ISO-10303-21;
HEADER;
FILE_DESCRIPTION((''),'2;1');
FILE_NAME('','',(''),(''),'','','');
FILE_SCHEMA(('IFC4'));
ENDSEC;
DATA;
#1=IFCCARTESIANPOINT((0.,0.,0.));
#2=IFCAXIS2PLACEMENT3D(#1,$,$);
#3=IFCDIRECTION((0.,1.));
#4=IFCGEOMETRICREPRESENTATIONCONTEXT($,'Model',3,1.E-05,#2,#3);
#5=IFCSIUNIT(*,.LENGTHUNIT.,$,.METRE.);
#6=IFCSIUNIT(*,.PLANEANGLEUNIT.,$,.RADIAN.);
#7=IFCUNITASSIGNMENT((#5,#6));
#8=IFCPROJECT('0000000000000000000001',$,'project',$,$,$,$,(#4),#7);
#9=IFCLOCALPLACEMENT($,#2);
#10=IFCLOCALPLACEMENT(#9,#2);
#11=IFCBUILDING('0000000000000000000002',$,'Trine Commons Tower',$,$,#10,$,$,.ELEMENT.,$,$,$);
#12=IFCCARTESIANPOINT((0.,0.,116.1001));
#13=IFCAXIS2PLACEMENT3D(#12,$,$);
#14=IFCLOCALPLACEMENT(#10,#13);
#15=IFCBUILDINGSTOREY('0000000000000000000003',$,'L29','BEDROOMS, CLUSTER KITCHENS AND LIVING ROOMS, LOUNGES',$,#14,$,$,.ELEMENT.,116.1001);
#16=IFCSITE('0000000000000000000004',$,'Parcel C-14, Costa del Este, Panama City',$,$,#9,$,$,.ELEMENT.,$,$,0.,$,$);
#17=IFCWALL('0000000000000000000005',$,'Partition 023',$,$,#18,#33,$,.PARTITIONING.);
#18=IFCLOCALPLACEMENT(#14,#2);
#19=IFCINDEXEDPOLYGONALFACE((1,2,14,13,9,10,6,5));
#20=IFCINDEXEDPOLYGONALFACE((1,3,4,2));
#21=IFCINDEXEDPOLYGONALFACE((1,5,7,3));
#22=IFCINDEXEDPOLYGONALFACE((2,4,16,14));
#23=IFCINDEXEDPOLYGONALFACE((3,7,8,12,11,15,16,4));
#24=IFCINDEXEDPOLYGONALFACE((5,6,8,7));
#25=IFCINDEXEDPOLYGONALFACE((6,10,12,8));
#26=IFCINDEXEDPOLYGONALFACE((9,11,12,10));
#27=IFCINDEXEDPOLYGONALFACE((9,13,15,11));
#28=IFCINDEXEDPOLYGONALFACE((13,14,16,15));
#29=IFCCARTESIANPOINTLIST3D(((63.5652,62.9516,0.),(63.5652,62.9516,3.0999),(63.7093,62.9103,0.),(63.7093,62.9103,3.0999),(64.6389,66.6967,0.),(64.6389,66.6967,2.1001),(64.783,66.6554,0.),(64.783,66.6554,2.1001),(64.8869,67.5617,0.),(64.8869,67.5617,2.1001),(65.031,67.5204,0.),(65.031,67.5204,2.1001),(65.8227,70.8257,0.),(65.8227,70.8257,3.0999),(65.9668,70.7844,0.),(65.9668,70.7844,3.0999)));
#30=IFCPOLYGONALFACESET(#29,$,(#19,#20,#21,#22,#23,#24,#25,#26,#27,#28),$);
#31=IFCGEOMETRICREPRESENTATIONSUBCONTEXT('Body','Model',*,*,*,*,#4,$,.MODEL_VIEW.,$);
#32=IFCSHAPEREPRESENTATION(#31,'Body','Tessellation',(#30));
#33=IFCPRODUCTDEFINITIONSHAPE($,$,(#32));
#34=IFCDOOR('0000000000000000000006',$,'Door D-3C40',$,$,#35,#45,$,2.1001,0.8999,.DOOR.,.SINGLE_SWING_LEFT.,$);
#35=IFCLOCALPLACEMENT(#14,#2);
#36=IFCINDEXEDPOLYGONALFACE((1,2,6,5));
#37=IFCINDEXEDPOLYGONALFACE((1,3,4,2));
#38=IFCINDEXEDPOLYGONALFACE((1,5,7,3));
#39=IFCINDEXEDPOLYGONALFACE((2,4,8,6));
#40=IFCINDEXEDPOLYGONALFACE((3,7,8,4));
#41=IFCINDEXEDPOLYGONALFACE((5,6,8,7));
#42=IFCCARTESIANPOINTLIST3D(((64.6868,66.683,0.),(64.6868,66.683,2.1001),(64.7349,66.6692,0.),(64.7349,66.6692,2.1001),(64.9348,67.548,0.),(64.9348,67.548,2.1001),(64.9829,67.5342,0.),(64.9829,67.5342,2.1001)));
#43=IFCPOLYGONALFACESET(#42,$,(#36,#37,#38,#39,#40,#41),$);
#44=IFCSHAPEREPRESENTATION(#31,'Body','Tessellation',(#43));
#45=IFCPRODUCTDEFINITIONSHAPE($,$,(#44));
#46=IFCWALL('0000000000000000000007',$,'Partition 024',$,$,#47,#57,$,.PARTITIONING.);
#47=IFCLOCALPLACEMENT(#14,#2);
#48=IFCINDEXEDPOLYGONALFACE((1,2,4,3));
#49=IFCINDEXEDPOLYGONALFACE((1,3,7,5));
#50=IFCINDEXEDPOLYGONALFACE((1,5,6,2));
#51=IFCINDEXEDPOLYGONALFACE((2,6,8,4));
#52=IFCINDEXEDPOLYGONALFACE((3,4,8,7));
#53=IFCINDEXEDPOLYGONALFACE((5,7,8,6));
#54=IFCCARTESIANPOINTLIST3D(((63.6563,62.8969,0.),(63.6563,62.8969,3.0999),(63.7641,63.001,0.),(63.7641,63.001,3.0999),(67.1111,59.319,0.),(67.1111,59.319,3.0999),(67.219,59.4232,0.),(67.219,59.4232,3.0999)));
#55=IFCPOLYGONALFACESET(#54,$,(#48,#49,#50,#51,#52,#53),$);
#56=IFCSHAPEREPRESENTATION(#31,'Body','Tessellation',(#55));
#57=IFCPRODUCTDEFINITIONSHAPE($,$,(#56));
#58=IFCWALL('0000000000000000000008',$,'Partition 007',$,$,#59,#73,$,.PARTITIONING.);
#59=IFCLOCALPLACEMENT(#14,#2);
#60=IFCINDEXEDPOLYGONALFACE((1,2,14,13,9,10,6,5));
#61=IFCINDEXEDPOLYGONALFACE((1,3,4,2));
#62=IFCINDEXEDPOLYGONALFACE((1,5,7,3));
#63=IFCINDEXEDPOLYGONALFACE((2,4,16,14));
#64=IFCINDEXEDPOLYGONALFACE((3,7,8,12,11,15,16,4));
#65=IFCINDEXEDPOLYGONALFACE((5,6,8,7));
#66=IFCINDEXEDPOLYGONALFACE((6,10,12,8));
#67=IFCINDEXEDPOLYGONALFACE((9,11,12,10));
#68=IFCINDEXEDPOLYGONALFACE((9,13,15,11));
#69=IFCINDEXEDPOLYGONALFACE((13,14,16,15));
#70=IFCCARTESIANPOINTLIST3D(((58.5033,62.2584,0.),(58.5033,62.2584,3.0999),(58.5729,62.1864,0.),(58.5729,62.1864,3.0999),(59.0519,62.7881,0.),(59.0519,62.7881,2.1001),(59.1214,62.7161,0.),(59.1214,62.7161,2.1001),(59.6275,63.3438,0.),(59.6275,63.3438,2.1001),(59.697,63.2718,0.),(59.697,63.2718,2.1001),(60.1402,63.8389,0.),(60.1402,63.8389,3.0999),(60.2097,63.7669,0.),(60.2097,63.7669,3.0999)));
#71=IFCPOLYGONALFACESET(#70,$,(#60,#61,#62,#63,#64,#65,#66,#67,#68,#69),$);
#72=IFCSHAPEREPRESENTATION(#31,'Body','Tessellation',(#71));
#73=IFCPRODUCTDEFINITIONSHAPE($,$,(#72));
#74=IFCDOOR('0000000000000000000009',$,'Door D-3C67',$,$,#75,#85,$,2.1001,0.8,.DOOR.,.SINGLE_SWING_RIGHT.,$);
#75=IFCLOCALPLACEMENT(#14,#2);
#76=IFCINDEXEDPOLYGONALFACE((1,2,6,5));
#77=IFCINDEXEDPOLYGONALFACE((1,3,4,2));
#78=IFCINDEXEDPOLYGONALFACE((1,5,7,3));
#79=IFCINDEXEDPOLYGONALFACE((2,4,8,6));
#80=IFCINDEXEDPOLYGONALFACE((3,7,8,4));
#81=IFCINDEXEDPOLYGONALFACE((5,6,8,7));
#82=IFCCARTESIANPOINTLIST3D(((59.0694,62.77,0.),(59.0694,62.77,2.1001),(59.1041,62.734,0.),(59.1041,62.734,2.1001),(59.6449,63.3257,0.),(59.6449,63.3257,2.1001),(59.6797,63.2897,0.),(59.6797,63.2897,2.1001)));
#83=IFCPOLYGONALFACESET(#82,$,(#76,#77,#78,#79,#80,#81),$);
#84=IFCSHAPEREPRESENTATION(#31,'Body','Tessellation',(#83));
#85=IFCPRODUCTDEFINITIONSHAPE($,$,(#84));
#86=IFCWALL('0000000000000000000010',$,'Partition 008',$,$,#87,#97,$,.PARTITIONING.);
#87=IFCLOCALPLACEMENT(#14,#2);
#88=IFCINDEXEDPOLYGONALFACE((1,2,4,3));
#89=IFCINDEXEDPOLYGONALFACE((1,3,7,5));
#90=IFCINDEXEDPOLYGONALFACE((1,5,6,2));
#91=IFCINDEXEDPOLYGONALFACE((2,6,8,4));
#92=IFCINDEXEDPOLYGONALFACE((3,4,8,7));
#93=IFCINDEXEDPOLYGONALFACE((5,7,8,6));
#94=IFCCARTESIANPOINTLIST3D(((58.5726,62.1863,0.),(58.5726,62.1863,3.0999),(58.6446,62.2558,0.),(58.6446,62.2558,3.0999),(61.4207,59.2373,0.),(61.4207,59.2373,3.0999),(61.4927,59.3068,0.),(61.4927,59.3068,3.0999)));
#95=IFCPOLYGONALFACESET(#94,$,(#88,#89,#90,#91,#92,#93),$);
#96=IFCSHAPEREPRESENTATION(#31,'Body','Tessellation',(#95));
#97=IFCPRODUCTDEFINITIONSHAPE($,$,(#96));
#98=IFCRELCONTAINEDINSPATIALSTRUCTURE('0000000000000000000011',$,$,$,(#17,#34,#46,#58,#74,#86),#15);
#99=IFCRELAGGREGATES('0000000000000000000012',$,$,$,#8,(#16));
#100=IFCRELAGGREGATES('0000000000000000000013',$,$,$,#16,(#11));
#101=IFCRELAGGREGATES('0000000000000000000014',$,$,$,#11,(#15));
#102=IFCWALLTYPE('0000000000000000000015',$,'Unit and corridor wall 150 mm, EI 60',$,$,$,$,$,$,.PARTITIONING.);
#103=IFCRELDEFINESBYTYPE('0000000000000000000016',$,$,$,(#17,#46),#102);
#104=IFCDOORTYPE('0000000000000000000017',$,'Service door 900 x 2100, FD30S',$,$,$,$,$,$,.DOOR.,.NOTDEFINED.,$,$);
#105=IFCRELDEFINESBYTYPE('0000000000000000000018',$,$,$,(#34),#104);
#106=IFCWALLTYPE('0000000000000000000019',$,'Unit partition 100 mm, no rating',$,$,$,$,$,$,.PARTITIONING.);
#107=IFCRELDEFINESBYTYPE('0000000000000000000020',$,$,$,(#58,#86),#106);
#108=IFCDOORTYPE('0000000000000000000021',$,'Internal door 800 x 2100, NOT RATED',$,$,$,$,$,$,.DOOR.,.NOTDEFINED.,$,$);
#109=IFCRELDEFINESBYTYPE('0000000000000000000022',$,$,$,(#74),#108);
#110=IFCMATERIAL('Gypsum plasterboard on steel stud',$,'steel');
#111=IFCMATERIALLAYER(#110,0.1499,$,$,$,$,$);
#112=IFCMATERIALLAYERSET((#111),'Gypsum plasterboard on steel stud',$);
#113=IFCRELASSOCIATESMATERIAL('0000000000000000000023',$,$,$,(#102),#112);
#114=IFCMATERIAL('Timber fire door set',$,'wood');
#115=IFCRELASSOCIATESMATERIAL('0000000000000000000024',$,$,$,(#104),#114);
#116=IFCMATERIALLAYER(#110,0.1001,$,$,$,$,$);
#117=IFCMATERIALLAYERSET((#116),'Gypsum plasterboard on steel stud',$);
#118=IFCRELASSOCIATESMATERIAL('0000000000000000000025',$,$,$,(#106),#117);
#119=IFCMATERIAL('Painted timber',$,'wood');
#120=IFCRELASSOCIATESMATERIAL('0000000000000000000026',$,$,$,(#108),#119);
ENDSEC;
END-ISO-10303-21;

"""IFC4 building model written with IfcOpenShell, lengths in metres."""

from ifc_helpers import new_model, si_unit, direction, frame, frame_2d, origin, place, context, subcontext, project, spatial, rectangle, extrude, material, layer, layer_set, type_object, element, fill, save


model = new_model("IFC4")

# Units and contexts
model_context = context("Model", 3, precision=1e-05, world=origin(), true_north=direction((0.0, 1.0)))
body_context = subcontext(model_context, "Body", "Model", "MODEL_VIEW")
ifc_project = project(units=[si_unit("LENGTHUNIT", "METRE"), si_unit("PLANEANGLEUNIT", "RADIAN")], contexts=[model_context])

# Site, building, storey
site_placement = place(None, origin())
site = spatial("IfcSite", under=ifc_project, at=site_placement, Name="Parcel C-14, Costa del Este, Panama City", CompositionType="ELEMENT", RefElevation=0.0)
building_placement = place(site_placement, origin())
building = spatial("IfcBuilding", under=site, at=building_placement, Name="Trine Commons Tower", CompositionType="ELEMENT")
storey_placement = place(building_placement, frame((0.0, 0.0, 116.1001)))
storey = spatial("IfcBuildingStorey", under=building, at=storey_placement, Name="L29", Description="BEDROOMS, CLUSTER KITCHENS AND LIVING ROOMS, LOUNGES", CompositionType="ELEMENT", Elevation=116.1001)

# Shared definitions
ifc_material_1 = material(Name="Gypsum plasterboard on steel stud", Category="steel")
ifc_layer_1 = layer(ifc_material_1, 0.1499)
ifc_layer_set_1 = layer_set([ifc_layer_1], Name="Gypsum plasterboard on steel stud")
wall_type_1 = type_object("IfcWallType", Name="Unit and corridor wall 150 mm, EI 60", PredefinedType="PARTITIONING", material=ifc_layer_set_1)

# Shared definitions
ifc_material_2 = material(Name="Timber fire door set", Category="wood")
ifc_material_3 = material(Name="Painted timber", Category="wood")

# Wall, opening, door
wall_1_placement = place(storey_placement, frame((63.6372, 62.9309, 0.0), z_axis=(0.0, 0.0, 1.0), x_axis=(0.275599, 0.961273, 0.0)))
wall_1 = element("IfcWall", 1, at=wall_1_placement, inside=storey, type_object=wall_type_1, Name="Partition 023", PredefinedType="PARTITIONING", context=body_context, shape_type="SweptSolid", body=[
    extrude(rectangle(XDim=8.1914, YDim=0.1499, at=frame_2d((4.0957, 0.0))), origin(), (0.0, 0.0, 1.0), 3.0999),
])
opening_1_placement = place(wall_1_placement, frame((3.896, 0.0, 0.0)))
opening_1 = element("IfcOpeningElement", 2, at=opening_1_placement, cuts=wall_1, PredefinedType="OPENING", context=body_context, shape_type="SweptSolid", body=[
    extrude(rectangle(XDim=0.8999, YDim=2.1001, at=frame_2d((0.45, 1.05))), frame((0.0, 0.085, 0.0), z_axis=(0.0, -1.0, 0.0), x_axis=(1.0, 0.0, 0.0)), (0.0, 0.0, 1.0), 0.1699),
])
door_type_1 = type_object("IfcDoorType", Name="Service door 900 x 2100, FD30S", OperationType="NOTDEFINED", PredefinedType="DOOR", material=ifc_material_2)
door_1_placement = place(opening_1_placement, frame((0.8999, 0.0, 0.0), z_axis=(0.0, 0.0, 1.0), x_axis=(-1.0, 0.0, 0.0)))
door_1 = element("IfcDoor", 3, at=door_1_placement, inside=storey, type_object=door_type_1, Name="Door D-3C40", OperationType="SINGLE_SWING_LEFT", OverallHeight=2.1001, OverallWidth=0.8999, PredefinedType="DOOR", context=body_context, shape_type="SweptSolid", body=[
    extrude(rectangle(XDim=0.8999, YDim=2.1001, at=frame_2d((0.45, 1.05))), frame((0.0, 0.0249, 0.0), z_axis=(0.0, -1.0, 0.0), x_axis=(1.0, 0.0, 0.0)), (0.0, 0.0, 1.0), 0.05),
])
fill(opening_1, door_1)

# Wall
wall_2_placement = place(storey_placement, frame((63.7102, 62.949, 0.0), z_axis=(0.0, 0.0, 1.0), x_axis=(0.694629, -0.719368, 0.0)))
element("IfcWall", 4, at=wall_2_placement, inside=storey, type_object=wall_type_1, Name="Partition 024", PredefinedType="PARTITIONING", context=body_context, shape_type="SweptSolid", body=[
    extrude(rectangle(XDim=4.9736, YDim=0.1499, at=frame_2d((2.4868, 0.0))), origin(), (0.0, 0.0, 1.0), 3.0999),
])

# Wall, opening, door
ifc_layer_2 = layer(ifc_material_1, 0.1001)
ifc_layer_set_2 = layer_set([ifc_layer_2], Name="Gypsum plasterboard on steel stud")
wall_type_2 = type_object("IfcWallType", Name="Unit partition 100 mm, no rating", PredefinedType="PARTITIONING", material=ifc_layer_set_2)
wall_3_placement = place(storey_placement, frame((58.5381, 62.2224, 0.0), z_axis=(0.0, 0.0, 1.0), x_axis=(0.71939, 0.694606, 0.0)))
wall_3 = element("IfcWall", 5, at=wall_3_placement, inside=storey, type_object=wall_type_2, Name="Partition 007", PredefinedType="PARTITIONING", context=body_context, shape_type="SweptSolid", body=[
    extrude(rectangle(XDim=2.2754, YDim=0.1001, at=frame_2d((1.1377, 0.0))), origin(), (0.0, 0.0, 1.0), 3.0999),
])
opening_2_placement = place(wall_3_placement, frame((0.7627, 0.0, 0.0)))
opening_2 = element("IfcOpeningElement", 6, at=opening_2_placement, cuts=wall_3, PredefinedType="OPENING", context=body_context, shape_type="SweptSolid", body=[
    extrude(rectangle(XDim=0.8, YDim=2.1001, at=frame_2d((0.3999, 1.05))), frame((0.0, 0.0601, 0.0), z_axis=(0.0, -1.0, 0.0), x_axis=(1.0, 0.0, 0.0)), (0.0, 0.0, 1.0), 0.1201),
])
door_type_2 = type_object("IfcDoorType", Name="Internal door 800 x 2100, NOT RATED", OperationType="NOTDEFINED", PredefinedType="DOOR", material=ifc_material_3)
door_2_placement = place(opening_2_placement, origin())
door_2 = element("IfcDoor", 7, at=door_2_placement, inside=storey, type_object=door_type_2, Name="Door D-3C67", OperationType="SINGLE_SWING_RIGHT", OverallHeight=2.1001, OverallWidth=0.8, PredefinedType="DOOR", context=body_context, shape_type="SweptSolid", body=[
    extrude(rectangle(XDim=0.8, YDim=2.1001, at=frame_2d((0.3999, 1.05))), frame((0.0, 0.0249, 0.0), z_axis=(0.0, -1.0, 0.0), x_axis=(1.0, 0.0, 0.0)), (0.0, 0.0, 1.0), 0.05),
])
fill(opening_2, door_2)

# Wall
wall_4_placement = place(storey_placement, frame((58.6086, 62.2209, 0.0), z_axis=(0.0, 0.0, 1.0), x_axis=(0.694703, -0.719297, 0.0)))
element("IfcWall", 8, at=wall_4_placement, inside=storey, type_object=wall_type_2, Name="Partition 008", PredefinedType="PARTITIONING", context=body_context, shape_type="SweptSolid", body=[
    extrude(rectangle(XDim=4.0999, YDim=0.1001, at=frame_2d((2.0498, 0.0))), origin(), (0.0, 0.0, 1.0), 3.0999),
])

save(model, "model.ifc")
